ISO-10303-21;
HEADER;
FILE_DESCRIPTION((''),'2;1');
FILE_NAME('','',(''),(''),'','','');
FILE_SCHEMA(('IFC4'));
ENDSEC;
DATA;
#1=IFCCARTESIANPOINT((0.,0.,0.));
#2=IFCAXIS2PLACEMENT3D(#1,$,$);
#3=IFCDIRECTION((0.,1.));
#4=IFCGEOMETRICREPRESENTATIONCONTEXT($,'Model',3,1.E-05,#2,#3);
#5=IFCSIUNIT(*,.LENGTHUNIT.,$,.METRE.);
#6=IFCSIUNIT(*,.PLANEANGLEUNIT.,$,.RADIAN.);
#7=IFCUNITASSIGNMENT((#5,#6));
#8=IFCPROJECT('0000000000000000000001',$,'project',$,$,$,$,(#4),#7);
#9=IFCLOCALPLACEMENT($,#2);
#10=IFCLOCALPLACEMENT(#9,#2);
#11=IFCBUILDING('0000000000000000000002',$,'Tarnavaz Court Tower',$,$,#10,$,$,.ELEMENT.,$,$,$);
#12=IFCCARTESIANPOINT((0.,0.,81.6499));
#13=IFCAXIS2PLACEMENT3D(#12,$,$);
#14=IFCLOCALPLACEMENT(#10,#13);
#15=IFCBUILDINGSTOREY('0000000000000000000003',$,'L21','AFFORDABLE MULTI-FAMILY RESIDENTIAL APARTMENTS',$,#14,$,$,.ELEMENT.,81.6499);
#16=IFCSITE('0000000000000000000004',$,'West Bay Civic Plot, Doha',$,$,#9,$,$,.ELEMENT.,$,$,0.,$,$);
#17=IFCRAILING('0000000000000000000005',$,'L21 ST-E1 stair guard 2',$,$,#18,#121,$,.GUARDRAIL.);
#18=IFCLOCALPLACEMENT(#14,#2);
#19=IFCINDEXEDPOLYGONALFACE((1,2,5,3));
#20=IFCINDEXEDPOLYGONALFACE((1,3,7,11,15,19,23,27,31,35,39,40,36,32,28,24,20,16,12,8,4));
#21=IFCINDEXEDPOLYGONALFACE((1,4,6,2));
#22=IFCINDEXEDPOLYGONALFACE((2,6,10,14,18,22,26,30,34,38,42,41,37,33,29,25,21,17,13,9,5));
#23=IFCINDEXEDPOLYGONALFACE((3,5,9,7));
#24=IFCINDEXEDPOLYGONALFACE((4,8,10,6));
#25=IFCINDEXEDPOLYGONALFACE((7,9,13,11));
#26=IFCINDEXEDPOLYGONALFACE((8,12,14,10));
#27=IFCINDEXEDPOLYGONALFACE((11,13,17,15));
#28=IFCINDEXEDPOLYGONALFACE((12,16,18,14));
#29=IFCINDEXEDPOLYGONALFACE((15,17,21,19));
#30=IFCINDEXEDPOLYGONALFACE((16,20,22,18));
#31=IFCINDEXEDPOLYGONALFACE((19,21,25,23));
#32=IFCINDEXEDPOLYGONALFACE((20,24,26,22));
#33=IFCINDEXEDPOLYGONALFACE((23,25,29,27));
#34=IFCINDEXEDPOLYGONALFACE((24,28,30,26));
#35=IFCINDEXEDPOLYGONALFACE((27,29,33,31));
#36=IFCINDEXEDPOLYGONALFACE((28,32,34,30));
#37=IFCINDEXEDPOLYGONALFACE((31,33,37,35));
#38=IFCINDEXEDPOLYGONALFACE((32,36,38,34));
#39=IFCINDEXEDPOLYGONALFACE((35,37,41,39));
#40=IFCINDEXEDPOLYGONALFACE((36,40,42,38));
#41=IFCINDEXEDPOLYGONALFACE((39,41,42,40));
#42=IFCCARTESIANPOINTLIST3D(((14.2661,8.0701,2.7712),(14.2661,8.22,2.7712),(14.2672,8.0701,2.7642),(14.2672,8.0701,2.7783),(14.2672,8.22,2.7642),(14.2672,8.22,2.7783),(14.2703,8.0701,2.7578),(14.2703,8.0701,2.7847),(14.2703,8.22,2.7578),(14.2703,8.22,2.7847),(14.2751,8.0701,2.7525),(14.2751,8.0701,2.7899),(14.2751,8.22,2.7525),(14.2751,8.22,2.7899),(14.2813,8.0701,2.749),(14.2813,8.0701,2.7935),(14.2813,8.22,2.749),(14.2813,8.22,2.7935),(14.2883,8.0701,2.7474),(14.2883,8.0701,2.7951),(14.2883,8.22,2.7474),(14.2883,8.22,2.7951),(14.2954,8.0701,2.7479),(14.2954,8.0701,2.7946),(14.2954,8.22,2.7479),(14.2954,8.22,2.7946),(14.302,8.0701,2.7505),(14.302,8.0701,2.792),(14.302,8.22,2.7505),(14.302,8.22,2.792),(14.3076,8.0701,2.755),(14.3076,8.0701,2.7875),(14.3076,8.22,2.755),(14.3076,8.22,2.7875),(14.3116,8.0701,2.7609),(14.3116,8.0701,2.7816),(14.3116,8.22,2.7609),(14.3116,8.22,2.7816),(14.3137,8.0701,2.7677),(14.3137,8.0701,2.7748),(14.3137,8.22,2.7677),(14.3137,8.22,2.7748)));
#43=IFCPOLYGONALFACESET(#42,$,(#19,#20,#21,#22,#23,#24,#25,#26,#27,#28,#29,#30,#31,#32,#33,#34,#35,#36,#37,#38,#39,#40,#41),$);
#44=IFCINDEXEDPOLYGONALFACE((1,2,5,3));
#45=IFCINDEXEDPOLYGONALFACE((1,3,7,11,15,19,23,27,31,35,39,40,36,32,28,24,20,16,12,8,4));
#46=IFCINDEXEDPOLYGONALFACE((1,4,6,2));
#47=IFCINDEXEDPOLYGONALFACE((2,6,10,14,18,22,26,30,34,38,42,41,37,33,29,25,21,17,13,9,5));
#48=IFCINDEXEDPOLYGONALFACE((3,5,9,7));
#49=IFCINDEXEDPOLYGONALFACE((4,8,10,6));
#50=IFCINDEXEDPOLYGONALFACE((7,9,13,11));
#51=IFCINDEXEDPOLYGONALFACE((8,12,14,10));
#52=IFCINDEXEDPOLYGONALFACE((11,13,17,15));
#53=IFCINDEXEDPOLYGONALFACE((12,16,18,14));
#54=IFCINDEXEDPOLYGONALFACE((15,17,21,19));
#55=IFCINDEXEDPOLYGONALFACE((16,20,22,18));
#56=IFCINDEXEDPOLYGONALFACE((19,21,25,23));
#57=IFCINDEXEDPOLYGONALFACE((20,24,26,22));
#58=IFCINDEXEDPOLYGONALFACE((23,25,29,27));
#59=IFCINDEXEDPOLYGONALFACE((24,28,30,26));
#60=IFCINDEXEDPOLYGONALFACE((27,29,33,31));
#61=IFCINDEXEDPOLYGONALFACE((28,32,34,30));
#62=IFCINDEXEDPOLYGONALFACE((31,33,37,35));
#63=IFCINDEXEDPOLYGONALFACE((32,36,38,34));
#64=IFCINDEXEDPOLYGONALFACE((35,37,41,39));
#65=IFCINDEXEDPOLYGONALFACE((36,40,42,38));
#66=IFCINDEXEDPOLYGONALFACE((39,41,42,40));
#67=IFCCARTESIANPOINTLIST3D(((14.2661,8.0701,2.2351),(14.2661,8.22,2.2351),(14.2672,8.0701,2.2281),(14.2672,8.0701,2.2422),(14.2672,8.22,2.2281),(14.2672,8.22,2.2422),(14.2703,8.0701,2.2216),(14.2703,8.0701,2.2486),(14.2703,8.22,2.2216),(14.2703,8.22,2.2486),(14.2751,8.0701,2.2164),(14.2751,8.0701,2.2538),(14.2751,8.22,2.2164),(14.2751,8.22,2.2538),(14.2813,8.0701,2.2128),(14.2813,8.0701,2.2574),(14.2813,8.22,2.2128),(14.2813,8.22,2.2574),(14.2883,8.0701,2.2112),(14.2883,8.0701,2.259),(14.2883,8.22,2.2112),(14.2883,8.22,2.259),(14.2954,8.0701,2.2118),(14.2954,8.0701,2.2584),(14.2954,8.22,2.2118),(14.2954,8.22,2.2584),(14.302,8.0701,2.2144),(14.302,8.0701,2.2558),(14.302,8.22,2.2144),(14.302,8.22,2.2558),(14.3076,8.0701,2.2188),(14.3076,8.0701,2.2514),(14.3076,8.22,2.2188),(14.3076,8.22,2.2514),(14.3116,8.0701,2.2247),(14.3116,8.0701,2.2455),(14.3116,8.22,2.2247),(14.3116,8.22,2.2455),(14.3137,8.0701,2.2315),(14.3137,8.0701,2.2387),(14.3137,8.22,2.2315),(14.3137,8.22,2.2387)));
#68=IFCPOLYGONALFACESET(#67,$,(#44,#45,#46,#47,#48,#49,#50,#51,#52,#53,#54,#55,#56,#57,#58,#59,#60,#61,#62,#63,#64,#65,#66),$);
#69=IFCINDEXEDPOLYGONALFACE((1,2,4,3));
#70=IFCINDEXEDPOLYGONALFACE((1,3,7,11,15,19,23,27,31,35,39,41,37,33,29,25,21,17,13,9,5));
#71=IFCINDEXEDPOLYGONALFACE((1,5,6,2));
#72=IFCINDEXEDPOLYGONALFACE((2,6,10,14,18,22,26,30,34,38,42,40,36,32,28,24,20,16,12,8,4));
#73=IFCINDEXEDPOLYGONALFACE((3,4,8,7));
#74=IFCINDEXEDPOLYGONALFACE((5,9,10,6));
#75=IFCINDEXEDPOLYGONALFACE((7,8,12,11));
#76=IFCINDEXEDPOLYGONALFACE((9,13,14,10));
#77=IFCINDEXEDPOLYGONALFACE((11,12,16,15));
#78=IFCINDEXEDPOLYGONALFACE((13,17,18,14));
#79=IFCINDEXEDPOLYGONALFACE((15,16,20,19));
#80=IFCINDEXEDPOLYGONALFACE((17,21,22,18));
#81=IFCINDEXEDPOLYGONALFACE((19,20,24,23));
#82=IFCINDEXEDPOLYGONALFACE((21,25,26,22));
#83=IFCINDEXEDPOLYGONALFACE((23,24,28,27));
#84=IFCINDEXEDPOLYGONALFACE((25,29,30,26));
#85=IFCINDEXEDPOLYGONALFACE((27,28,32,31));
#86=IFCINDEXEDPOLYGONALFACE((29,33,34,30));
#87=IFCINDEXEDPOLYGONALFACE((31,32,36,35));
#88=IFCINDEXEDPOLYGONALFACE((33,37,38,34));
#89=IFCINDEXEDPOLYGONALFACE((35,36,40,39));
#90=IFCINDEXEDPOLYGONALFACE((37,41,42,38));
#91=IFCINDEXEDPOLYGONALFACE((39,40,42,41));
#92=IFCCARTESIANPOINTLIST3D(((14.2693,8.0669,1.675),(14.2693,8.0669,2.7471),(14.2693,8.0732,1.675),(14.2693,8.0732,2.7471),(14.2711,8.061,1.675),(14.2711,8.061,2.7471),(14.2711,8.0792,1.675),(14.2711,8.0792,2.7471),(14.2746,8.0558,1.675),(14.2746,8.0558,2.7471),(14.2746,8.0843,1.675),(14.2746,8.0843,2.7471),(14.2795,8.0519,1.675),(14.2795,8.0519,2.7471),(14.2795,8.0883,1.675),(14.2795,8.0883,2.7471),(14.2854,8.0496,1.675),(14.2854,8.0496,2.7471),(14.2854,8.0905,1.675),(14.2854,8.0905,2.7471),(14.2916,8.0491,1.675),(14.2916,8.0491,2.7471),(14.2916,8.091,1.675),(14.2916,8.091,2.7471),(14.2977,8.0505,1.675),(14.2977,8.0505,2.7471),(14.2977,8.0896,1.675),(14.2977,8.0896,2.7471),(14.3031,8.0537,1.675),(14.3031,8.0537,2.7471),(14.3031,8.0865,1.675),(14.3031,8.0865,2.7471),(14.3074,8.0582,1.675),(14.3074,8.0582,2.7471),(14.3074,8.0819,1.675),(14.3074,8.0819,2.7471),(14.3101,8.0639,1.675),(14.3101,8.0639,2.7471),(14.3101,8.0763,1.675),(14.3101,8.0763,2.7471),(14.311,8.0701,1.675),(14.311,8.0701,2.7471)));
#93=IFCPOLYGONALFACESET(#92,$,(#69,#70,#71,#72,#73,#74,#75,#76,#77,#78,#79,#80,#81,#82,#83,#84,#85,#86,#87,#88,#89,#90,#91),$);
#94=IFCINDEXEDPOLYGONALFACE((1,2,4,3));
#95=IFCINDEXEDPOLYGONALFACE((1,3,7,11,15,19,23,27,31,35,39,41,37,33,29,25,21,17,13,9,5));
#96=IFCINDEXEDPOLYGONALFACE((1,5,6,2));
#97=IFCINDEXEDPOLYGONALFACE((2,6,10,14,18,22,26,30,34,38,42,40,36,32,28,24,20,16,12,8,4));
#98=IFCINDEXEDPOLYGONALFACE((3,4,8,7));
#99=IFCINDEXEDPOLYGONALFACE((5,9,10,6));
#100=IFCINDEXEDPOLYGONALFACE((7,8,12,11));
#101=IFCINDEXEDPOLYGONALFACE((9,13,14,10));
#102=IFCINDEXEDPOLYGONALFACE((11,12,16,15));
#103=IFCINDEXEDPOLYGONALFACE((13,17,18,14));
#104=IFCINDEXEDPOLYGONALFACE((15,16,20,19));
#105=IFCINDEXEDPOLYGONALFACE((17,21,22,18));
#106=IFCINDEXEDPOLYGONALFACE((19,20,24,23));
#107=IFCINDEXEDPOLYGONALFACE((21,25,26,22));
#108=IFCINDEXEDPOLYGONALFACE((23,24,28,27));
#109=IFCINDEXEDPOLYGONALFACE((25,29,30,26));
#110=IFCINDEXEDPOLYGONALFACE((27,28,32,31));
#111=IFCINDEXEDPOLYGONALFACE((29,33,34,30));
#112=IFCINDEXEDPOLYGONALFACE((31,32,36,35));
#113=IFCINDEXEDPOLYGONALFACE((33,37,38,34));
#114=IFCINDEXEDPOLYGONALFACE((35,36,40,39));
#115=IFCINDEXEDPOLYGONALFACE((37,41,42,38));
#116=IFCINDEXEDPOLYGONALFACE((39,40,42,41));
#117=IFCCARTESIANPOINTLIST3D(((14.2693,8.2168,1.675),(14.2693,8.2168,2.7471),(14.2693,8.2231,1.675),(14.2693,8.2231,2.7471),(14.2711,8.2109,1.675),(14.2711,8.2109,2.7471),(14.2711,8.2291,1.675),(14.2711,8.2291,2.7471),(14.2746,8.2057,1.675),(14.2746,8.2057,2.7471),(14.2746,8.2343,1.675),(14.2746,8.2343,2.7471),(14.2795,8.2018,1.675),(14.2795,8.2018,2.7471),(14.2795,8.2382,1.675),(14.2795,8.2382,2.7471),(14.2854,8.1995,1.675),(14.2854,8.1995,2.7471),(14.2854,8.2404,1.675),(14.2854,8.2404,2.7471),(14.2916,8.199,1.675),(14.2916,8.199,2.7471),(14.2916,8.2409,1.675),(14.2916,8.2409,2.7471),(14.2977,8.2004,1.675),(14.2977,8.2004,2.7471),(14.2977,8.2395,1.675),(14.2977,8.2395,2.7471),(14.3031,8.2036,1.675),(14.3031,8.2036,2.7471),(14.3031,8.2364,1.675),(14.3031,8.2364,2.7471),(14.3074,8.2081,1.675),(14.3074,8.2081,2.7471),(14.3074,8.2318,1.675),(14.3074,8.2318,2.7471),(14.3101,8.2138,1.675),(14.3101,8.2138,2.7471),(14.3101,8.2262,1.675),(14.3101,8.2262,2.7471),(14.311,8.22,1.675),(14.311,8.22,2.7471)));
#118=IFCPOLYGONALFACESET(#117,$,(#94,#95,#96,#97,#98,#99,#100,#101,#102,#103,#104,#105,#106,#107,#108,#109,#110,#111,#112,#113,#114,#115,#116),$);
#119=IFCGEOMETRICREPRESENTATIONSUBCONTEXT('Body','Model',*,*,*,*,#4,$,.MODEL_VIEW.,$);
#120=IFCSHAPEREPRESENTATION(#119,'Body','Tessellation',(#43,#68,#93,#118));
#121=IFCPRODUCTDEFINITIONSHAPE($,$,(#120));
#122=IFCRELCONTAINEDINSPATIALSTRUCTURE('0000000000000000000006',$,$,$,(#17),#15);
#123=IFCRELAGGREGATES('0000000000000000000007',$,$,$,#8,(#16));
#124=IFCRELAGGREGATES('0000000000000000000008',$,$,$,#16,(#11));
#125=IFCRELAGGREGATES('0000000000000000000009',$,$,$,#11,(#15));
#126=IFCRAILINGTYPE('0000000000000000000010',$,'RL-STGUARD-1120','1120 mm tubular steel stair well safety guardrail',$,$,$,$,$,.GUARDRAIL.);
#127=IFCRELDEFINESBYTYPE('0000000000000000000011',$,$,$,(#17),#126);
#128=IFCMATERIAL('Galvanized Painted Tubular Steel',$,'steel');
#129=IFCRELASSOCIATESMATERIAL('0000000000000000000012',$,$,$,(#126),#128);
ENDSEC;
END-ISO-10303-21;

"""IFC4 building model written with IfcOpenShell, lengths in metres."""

from ifc_helpers import new_model, si_unit, direction, frame, origin, origin_2d, place, context, subcontext, project, spatial, circle, extrude, material, type_object, element, save


model = new_model("IFC4")

# Units and contexts
model_context = context("Model", 3, precision=1e-05, world=origin(), true_north=direction((0.0, 1.0)))
body_context = subcontext(model_context, "Body", "Model", "MODEL_VIEW")
ifc_project = project(units=[si_unit("LENGTHUNIT", "METRE"), si_unit("PLANEANGLEUNIT", "RADIAN")], contexts=[model_context])

# Site, building, storey
site_placement = place(None, origin())
site = spatial("IfcSite", under=ifc_project, at=site_placement, Name="West Bay Civic Plot, Doha", CompositionType="ELEMENT", RefElevation=0.0)
building_placement = place(site_placement, origin())
building = spatial("IfcBuilding", under=site, at=building_placement, Name="Tarnavaz Court Tower", CompositionType="ELEMENT")
storey_placement = place(building_placement, frame((0.0, 0.0, 81.6499)))
storey = spatial("IfcBuildingStorey", under=building, at=storey_placement, Name="L21", Description="AFFORDABLE MULTI-FAMILY RESIDENTIAL APARTMENTS", CompositionType="ELEMENT", Elevation=81.6499)

# Railing
ifc_material_1 = material(Name="Galvanized Painted Tubular Steel", Category="steel")
railing_type_1 = type_object("IfcRailingType", Name="RL-STGUARD-1120", Description="1120 mm tubular steel stair well safety guardrail", PredefinedType="GUARDRAIL", material=ifc_material_1)
railing_1_placement = place(storey_placement, frame((14.29, 8.0701, 1.675)))
element("IfcRailing", 1, at=railing_1_placement, inside=storey, type_object=railing_type_1, Name="L21 ST-E1 stair guard 2", PredefinedType="GUARDRAIL", context=body_context, shape_type="SweptSolid", body=[
    extrude(circle(Radius=0.0239, at=origin_2d()), frame((0.0, 0.0, 1.0962), z_axis=(0.0, 1.0, 0.0), x_axis=(-1.0, 0.0, 0.0)), (0.0, 0.0, 1.0), 0.1499),
    extrude(circle(Radius=0.0239, at=origin_2d()), frame((0.0, 0.0, 0.5601), z_axis=(0.0, 1.0, 0.0), x_axis=(-1.0, 0.0, 0.0)), (0.0, 0.0, 1.0), 0.1499),
    extrude(circle(Radius=0.021, at=origin_2d()), origin(), (0.0, 0.0, 1.0), 1.072),
    extrude(circle(Radius=0.021, at=origin_2d()), frame((0.0, 0.1499, 0.0)), (0.0, 0.0, 1.0), 1.072),
])

save(model, "model.ifc")
